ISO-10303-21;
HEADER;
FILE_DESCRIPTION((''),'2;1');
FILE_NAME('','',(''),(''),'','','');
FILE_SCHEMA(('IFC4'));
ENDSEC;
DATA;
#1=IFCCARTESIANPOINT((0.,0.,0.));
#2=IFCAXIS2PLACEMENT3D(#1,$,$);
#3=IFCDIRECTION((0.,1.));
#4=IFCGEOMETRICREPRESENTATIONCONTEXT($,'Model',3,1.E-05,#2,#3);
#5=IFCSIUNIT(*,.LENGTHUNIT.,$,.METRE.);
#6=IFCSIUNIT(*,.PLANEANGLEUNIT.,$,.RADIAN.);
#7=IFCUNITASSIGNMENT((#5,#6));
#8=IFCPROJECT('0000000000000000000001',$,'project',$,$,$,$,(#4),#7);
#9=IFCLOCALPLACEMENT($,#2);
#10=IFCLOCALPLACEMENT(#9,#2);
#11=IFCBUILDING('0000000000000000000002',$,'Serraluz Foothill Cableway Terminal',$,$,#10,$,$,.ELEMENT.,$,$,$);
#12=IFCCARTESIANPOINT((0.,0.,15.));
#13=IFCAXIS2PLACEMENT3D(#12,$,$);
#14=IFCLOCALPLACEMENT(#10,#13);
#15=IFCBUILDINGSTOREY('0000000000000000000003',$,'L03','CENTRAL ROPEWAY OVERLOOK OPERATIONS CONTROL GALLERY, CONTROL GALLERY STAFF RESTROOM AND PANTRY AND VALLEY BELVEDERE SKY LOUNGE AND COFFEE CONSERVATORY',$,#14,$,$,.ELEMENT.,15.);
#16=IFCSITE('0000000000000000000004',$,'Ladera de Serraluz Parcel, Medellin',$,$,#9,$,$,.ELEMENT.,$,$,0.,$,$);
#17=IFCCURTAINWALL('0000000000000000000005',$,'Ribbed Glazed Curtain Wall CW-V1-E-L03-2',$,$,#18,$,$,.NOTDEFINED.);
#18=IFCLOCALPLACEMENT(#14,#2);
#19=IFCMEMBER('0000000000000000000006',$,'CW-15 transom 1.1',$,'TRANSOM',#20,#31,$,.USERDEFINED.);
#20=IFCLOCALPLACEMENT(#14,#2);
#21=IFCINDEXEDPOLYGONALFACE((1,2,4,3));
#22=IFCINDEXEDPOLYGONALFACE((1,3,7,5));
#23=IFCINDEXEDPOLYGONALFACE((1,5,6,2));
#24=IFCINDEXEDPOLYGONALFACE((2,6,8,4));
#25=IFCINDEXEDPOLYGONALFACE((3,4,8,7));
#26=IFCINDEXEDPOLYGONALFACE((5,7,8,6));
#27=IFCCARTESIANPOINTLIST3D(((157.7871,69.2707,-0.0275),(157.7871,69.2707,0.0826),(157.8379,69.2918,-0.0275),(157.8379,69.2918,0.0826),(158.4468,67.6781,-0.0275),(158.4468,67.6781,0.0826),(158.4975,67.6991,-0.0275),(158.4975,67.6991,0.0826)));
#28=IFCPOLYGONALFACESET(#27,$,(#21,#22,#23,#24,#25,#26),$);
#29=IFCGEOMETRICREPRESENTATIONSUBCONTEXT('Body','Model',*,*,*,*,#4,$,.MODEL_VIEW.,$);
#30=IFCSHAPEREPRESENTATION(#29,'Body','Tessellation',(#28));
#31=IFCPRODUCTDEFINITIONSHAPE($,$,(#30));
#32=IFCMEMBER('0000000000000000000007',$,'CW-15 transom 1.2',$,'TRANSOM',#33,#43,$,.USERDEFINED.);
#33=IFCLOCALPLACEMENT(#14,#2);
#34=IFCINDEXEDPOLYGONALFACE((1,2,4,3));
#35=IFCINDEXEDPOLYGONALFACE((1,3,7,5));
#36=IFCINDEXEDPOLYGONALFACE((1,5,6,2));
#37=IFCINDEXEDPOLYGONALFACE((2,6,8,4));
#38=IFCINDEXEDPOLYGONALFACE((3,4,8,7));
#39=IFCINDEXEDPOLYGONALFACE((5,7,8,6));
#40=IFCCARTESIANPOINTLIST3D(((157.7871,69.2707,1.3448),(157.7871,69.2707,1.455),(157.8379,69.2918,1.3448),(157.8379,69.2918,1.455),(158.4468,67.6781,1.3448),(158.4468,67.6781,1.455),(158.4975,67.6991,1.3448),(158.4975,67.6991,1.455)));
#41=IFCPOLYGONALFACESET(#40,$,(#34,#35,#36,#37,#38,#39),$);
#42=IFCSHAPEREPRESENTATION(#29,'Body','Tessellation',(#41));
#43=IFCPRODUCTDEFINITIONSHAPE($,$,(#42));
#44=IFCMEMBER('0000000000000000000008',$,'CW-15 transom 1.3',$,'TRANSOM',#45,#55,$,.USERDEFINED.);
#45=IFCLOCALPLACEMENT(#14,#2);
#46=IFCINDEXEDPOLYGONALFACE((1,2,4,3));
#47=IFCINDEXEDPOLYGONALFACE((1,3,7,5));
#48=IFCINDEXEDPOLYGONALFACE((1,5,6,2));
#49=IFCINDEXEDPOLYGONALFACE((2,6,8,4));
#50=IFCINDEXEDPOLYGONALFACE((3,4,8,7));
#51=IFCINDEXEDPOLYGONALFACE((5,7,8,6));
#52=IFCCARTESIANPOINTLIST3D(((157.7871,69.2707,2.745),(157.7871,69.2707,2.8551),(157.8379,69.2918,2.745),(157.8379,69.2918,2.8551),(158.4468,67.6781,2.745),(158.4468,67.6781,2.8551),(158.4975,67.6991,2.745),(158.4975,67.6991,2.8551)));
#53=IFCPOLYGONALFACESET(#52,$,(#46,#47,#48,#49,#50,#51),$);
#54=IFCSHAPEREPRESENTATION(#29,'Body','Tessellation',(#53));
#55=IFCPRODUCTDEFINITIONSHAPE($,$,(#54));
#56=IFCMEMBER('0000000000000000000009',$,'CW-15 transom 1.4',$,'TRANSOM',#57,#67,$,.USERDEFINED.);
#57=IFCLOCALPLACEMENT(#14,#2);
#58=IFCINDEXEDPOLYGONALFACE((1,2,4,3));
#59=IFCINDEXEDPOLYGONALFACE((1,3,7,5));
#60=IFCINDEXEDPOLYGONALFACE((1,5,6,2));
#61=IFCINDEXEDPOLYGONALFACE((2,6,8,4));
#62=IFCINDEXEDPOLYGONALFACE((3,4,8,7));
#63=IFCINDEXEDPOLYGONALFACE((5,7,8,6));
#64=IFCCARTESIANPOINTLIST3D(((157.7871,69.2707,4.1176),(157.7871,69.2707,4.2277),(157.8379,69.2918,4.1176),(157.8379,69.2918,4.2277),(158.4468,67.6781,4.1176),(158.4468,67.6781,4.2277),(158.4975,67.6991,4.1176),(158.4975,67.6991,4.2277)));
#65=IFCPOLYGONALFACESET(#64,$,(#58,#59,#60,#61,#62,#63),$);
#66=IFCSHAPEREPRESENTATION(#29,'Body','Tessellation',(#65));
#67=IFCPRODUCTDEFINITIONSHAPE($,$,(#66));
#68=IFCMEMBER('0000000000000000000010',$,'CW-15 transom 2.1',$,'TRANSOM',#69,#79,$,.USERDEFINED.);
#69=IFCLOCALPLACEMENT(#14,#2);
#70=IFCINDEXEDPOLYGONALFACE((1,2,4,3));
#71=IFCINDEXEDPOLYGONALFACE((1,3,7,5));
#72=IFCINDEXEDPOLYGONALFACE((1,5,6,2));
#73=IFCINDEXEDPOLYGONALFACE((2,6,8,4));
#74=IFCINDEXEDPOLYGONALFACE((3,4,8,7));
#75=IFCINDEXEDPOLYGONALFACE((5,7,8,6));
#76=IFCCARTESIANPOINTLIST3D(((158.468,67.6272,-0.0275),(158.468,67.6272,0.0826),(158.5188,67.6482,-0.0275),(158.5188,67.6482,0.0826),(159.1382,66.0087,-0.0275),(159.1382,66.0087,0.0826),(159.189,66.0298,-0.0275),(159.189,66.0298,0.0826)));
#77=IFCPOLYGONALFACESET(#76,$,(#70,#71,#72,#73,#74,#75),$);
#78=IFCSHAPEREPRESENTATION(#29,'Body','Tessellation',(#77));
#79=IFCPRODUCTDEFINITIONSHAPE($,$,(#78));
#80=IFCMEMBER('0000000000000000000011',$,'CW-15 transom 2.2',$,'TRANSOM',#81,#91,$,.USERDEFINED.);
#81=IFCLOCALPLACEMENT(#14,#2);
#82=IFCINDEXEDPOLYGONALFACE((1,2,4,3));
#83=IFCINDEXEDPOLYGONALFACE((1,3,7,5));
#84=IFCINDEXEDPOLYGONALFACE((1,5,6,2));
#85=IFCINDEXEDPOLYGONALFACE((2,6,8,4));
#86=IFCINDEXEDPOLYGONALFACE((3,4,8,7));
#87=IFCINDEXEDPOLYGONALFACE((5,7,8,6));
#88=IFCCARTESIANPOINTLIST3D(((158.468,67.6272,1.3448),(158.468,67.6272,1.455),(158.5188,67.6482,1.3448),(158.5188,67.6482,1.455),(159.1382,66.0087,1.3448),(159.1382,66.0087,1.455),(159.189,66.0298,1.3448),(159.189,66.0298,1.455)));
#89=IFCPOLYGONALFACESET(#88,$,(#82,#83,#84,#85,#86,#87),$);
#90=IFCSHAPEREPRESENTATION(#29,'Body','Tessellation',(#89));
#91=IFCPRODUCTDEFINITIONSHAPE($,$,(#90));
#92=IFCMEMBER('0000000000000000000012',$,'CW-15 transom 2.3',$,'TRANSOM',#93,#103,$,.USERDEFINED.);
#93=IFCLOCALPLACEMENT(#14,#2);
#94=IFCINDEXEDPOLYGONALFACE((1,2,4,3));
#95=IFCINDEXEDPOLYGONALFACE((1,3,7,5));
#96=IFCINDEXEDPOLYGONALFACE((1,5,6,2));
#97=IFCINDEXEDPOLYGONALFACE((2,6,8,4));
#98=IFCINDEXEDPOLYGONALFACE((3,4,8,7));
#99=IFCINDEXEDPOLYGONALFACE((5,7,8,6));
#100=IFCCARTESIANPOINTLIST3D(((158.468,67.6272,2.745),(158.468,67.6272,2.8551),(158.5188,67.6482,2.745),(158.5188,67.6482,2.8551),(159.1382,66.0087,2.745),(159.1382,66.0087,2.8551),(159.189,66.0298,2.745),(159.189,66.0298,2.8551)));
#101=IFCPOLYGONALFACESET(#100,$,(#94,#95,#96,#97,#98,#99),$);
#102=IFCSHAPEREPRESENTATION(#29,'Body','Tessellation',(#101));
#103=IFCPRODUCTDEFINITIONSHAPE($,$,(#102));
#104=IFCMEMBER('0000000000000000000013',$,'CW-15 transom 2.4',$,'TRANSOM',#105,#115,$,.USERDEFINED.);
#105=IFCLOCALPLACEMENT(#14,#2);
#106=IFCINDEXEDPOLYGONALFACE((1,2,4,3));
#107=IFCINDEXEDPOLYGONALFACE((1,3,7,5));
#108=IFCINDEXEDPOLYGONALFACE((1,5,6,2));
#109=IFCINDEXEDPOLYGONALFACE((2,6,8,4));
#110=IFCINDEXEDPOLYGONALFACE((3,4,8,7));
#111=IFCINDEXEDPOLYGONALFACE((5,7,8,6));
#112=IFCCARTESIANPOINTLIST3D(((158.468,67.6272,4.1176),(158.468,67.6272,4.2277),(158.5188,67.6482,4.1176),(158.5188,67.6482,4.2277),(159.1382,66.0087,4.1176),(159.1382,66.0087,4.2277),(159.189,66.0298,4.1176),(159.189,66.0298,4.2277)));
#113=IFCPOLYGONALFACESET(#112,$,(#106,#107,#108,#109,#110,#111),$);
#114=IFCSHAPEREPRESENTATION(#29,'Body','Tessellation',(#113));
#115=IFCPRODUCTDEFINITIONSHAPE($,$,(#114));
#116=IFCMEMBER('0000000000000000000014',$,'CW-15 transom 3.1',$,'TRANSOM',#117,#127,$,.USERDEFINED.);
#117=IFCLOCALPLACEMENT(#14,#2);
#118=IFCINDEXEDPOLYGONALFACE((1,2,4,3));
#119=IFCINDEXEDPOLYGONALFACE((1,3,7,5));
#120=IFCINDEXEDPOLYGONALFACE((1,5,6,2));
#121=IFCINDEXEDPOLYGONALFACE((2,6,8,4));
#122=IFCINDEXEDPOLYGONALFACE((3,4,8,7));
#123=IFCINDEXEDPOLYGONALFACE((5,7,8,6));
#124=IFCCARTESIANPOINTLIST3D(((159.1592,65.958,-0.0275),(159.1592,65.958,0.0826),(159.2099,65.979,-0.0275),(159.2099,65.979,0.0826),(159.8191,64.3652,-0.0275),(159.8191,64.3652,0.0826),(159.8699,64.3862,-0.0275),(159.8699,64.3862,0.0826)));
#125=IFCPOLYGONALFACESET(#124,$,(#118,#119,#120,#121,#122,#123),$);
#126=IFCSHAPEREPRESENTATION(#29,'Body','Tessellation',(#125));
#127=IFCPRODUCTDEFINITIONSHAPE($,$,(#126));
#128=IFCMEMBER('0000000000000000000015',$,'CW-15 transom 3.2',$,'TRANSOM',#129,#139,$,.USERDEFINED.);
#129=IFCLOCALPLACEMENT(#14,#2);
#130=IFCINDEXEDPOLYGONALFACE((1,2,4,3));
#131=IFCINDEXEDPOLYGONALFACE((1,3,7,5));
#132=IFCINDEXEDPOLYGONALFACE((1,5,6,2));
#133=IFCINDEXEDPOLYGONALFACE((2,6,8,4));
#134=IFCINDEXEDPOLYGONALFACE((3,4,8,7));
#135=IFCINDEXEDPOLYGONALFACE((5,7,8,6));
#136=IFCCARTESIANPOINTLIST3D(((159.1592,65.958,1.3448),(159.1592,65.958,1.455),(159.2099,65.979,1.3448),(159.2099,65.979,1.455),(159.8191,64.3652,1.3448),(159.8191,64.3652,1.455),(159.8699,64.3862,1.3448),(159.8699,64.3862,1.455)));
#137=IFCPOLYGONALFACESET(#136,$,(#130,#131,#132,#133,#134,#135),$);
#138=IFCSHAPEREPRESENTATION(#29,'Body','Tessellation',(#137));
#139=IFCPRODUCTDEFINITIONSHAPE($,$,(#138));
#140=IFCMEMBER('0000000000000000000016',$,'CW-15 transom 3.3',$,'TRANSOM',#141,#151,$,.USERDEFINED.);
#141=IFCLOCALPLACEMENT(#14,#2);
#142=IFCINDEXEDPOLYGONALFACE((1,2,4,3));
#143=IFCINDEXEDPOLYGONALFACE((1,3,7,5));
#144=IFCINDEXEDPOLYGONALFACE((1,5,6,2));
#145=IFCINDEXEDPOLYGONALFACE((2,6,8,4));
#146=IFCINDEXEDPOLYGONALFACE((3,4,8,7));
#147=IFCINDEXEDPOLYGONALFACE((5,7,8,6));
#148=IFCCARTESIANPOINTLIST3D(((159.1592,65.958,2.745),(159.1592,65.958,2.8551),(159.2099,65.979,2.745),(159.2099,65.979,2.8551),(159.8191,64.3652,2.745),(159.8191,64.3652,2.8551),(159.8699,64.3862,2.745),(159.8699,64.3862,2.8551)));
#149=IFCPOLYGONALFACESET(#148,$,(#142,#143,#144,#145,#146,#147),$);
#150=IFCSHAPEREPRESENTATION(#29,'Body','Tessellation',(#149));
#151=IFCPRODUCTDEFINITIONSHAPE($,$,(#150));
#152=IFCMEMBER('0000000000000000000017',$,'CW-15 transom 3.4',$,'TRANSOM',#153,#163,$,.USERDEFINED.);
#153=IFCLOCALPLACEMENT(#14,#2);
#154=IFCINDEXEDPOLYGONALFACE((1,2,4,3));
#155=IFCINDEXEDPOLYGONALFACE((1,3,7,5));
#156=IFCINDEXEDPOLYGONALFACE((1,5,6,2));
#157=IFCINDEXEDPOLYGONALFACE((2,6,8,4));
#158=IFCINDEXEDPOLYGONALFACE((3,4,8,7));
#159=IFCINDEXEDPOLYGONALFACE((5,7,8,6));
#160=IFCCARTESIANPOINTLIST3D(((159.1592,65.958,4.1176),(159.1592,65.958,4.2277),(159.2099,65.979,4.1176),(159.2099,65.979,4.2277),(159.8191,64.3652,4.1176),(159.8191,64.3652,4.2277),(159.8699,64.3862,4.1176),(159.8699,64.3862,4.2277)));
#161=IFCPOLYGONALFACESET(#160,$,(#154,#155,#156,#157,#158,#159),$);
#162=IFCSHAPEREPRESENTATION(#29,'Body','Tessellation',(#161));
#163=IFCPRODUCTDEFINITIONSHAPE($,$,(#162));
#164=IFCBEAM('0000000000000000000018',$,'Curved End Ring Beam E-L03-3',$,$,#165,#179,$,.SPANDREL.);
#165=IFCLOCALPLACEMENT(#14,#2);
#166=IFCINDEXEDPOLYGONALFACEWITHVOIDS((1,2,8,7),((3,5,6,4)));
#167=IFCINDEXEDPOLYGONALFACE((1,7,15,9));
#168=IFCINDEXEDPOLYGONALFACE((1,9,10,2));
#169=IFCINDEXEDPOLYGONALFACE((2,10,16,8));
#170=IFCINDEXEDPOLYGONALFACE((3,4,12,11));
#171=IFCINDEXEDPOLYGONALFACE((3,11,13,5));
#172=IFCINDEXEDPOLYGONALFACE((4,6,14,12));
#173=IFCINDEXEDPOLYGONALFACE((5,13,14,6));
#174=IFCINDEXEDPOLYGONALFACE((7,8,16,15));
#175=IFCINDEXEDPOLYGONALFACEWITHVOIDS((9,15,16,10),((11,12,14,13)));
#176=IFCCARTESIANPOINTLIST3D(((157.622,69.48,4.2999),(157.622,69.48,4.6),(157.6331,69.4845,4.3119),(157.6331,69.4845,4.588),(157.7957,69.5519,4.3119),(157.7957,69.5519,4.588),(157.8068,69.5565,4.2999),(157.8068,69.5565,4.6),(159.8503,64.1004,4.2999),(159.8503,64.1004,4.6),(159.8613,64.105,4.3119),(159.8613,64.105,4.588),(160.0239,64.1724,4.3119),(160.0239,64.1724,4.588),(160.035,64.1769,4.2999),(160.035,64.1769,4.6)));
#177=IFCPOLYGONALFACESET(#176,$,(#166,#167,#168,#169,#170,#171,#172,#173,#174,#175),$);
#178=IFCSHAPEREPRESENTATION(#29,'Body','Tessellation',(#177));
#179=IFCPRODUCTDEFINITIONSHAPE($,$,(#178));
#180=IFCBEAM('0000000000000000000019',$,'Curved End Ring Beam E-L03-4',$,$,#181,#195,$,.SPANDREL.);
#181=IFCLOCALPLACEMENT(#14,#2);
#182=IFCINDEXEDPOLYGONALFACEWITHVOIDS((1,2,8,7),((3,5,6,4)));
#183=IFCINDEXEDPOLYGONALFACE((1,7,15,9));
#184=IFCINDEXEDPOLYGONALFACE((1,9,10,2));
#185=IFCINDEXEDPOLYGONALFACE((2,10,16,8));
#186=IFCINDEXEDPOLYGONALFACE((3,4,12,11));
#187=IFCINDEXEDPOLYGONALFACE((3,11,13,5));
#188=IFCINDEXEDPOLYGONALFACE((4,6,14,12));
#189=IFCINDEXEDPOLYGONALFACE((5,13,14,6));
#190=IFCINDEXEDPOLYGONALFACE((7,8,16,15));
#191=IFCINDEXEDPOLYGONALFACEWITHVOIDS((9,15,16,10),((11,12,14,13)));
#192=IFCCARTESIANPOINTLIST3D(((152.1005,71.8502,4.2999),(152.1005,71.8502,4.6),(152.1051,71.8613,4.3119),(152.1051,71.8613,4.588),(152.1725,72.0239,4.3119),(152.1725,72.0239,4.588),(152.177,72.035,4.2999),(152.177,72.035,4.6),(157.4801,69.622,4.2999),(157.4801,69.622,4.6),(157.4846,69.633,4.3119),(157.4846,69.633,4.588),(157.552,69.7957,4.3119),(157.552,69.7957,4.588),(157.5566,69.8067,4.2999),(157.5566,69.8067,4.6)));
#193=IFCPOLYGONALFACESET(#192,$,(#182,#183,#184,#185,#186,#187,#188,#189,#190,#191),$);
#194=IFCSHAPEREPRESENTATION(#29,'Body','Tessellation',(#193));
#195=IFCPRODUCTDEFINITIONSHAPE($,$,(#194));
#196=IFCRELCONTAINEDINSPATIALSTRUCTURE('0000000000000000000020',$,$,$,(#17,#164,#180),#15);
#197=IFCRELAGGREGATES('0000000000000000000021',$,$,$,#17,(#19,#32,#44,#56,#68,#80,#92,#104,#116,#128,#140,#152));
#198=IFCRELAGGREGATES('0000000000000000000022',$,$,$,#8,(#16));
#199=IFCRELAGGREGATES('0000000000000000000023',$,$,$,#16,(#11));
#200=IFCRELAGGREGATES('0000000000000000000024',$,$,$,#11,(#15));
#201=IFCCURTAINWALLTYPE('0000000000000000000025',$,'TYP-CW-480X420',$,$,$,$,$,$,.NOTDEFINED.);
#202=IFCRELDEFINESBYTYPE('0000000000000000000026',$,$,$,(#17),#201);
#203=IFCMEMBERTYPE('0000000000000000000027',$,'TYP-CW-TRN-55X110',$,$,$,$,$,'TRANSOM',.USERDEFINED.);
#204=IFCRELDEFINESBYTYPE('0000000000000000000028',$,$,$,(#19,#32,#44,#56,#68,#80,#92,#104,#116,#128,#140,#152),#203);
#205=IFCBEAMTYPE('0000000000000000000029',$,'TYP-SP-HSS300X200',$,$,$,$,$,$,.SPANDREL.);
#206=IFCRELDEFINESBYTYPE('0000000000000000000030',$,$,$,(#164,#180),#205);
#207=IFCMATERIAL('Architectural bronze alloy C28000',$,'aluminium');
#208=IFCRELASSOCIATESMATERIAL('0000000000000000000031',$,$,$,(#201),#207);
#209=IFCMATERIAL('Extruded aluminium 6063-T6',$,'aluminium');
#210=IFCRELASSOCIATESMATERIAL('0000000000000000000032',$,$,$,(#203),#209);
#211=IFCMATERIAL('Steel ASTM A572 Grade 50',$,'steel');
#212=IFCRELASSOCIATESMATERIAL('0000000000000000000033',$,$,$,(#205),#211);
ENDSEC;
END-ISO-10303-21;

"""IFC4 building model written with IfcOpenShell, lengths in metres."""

from ifc_helpers import new_model, si_unit, direction, frame, origin, origin_2d, place, context, subcontext, project, spatial, rectangle, hollow_rectangle, extrude, material, material_profile, profile_set, type_object, element, aggregate, save


model = new_model("IFC4")

# Units and contexts
model_context = context("Model", 3, precision=1e-05, world=origin(), true_north=direction((0.0, 1.0)))
body_context = subcontext(model_context, "Body", "Model", "MODEL_VIEW")
ifc_project = project(units=[si_unit("LENGTHUNIT", "METRE"), si_unit("PLANEANGLEUNIT", "RADIAN")], contexts=[model_context])

# Site, building, storey
site_placement = place(None, origin())
site = spatial("IfcSite", under=ifc_project, at=site_placement, Name="Ladera de Serraluz Parcel, Medellin", CompositionType="ELEMENT", RefElevation=0.0)
building_placement = place(site_placement, origin())
building = spatial("IfcBuilding", under=site, at=building_placement, Name="Serraluz Foothill Cableway Terminal", CompositionType="ELEMENT")
storey_placement = place(building_placement, frame((0.0, 0.0, 15.0)))
storey = spatial("IfcBuildingStorey", under=building, at=storey_placement, Name="L03", Description="CENTRAL ROPEWAY OVERLOOK OPERATIONS CONTROL GALLERY, CONTROL GALLERY STAFF RESTROOM AND PANTRY AND VALLEY BELVEDERE SKY LOUNGE AND COFFEE CONSERVATORY", CompositionType="ELEMENT", Elevation=15.0)

# Shared definitions
ifc_material_1 = material(Name="Steel ASTM A572 Grade 50", Category="steel")

# Curtain wall
ifc_material_2 = material(Name="Architectural bronze alloy C28000", Category="aluminium")
ifc_material_3 = material(Name="Extruded aluminium 6063-T6", Category="aluminium")
curtain_wall_type_1 = type_object("IfcCurtainWallType", Name="TYP-CW-480X420", PredefinedType="NOTDEFINED", material=ifc_material_2)
curtain_wall_1_placement = place(storey_placement, origin())
curtain_wall_1 = element("IfcCurtainWall", 1, at=curtain_wall_1_placement, inside=storey, type_object=curtain_wall_type_1, Name="Ribbed Glazed Curtain Wall CW-V1-E-L03-2", PredefinedType="NOTDEFINED")

# Members
ifc_material_profile_1 = material_profile(ifc_material_3, rectangle(XDim=0.0549, YDim=0.1101, at=origin_2d()), Name="ALU TRANSOM 55x110")
ifc_profile_set_1 = profile_set([ifc_material_profile_1], Name="Extruded aluminium 6063-T6")
member_type_1 = type_object("IfcMemberType", Name="TYP-CW-TRN-55X110", ElementType="TRANSOM", PredefinedType="USERDEFINED", material=ifc_profile_set_1)
member_1_placement = place(storey_placement, frame((157.8125, 69.2812, 0.0276), z_axis=(0.382644, -0.923896, 0.0), x_axis=(0.923896, 0.382644, 0.0)))
member_1 = element("IfcMember", 2, at=member_1_placement, type_object=member_type_1, Name="CW-15 transom 1.1", ObjectType="TRANSOM", PredefinedType="USERDEFINED", context=body_context, shape_type="SweptSolid", body=[
    extrude(rectangle(XDim=0.0549, YDim=0.1101, at=origin_2d()), origin(), (0.0, 0.0, 1.0), 1.7239),
])
member_2_placement = place(storey_placement, frame((157.8125, 69.2812, 1.3999), z_axis=(0.382644, -0.923896, 0.0), x_axis=(0.923896, 0.382644, 0.0)))
member_2 = element("IfcMember", 3, at=member_2_placement, type_object=member_type_1, Name="CW-15 transom 1.2", ObjectType="TRANSOM", PredefinedType="USERDEFINED", context=body_context, shape_type="SweptSolid", body=[
    extrude(rectangle(XDim=0.0549, YDim=0.1101, at=origin_2d()), origin(), (0.0, 0.0, 1.0), 1.7239),
])
member_3_placement = place(storey_placement, frame((157.8125, 69.2812, 2.8), z_axis=(0.382644, -0.923896, 0.0), x_axis=(0.923896, 0.382644, 0.0)))
member_3 = element("IfcMember", 4, at=member_3_placement, type_object=member_type_1, Name="CW-15 transom 1.3", ObjectType="TRANSOM", PredefinedType="USERDEFINED", context=body_context, shape_type="SweptSolid", body=[
    extrude(rectangle(XDim=0.0549, YDim=0.1101, at=origin_2d()), origin(), (0.0, 0.0, 1.0), 1.7239),
])
member_4_placement = place(storey_placement, frame((157.8125, 69.2812, 4.1726), z_axis=(0.382644, -0.923896, 0.0), x_axis=(0.923896, 0.382644, 0.0)))
member_4 = element("IfcMember", 5, at=member_4_placement, type_object=member_type_1, Name="CW-15 transom 1.4", ObjectType="TRANSOM", PredefinedType="USERDEFINED", context=body_context, shape_type="SweptSolid", body=[
    extrude(rectangle(XDim=0.0549, YDim=0.1101, at=origin_2d()), origin(), (0.0, 0.0, 1.0), 1.7239),
])
member_5_placement = place(storey_placement, frame((158.4934, 67.6377, 0.0276), z_axis=(0.382586, -0.92392, 0.0), x_axis=(0.92392, 0.382586, 0.0)))
member_5 = element("IfcMember", 6, at=member_5_placement, type_object=member_type_1, Name="CW-15 transom 2.1", ObjectType="TRANSOM", PredefinedType="USERDEFINED", context=body_context, shape_type="SweptSolid", body=[
    extrude(rectangle(XDim=0.0549, YDim=0.1101, at=origin_2d()), origin(), (0.0, 0.0, 1.0), 1.7517),
])
member_6_placement = place(storey_placement, frame((158.4934, 67.6377, 1.3999), z_axis=(0.382586, -0.92392, 0.0), x_axis=(0.92392, 0.382586, 0.0)))
member_6 = element("IfcMember", 7, at=member_6_placement, type_object=member_type_1, Name="CW-15 transom 2.2", ObjectType="TRANSOM", PredefinedType="USERDEFINED", context=body_context, shape_type="SweptSolid", body=[
    extrude(rectangle(XDim=0.0549, YDim=0.1101, at=origin_2d()), origin(), (0.0, 0.0, 1.0), 1.7517),
])
member_7_placement = place(storey_placement, frame((158.4934, 67.6377, 2.8), z_axis=(0.382586, -0.92392, 0.0), x_axis=(0.92392, 0.382586, 0.0)))
member_7 = element("IfcMember", 8, at=member_7_placement, type_object=member_type_1, Name="CW-15 transom 2.3", ObjectType="TRANSOM", PredefinedType="USERDEFINED", context=body_context, shape_type="SweptSolid", body=[
    extrude(rectangle(XDim=0.0549, YDim=0.1101, at=origin_2d()), origin(), (0.0, 0.0, 1.0), 1.7517),
])
member_8_placement = place(storey_placement, frame((158.4934, 67.6377, 4.1726), z_axis=(0.382586, -0.92392, 0.0), x_axis=(0.92392, 0.382586, 0.0)))
member_8 = element("IfcMember", 9, at=member_8_placement, type_object=member_type_1, Name="CW-15 transom 2.4", ObjectType="TRANSOM", PredefinedType="USERDEFINED", context=body_context, shape_type="SweptSolid", body=[
    extrude(rectangle(XDim=0.0549, YDim=0.1101, at=origin_2d()), origin(), (0.0, 0.0, 1.0), 1.7517),
])
member_9_placement = place(storey_placement, frame((159.1846, 65.9685, 0.0276), z_axis=(0.382765, -0.923846, 0.0), x_axis=(0.923846, 0.382765, 0.0)))
member_9 = element("IfcMember", 10, at=member_9_placement, type_object=member_type_1, Name="CW-15 transom 3.1", ObjectType="TRANSOM", PredefinedType="USERDEFINED", context=body_context, shape_type="SweptSolid", body=[
    extrude(rectangle(XDim=0.0549, YDim=0.1101, at=origin_2d()), origin(), (0.0, 0.0, 1.0), 1.7241),
])
member_10_placement = place(storey_placement, frame((159.1846, 65.9685, 1.3999), z_axis=(0.382765, -0.923846, 0.0), x_axis=(0.923846, 0.382765, 0.0)))
member_10 = element("IfcMember", 11, at=member_10_placement, type_object=member_type_1, Name="CW-15 transom 3.2", ObjectType="TRANSOM", PredefinedType="USERDEFINED", context=body_context, shape_type="SweptSolid", body=[
    extrude(rectangle(XDim=0.0549, YDim=0.1101, at=origin_2d()), origin(), (0.0, 0.0, 1.0), 1.7241),
])
member_11_placement = place(storey_placement, frame((159.1846, 65.9685, 2.8), z_axis=(0.382765, -0.923846, 0.0), x_axis=(0.923846, 0.382765, 0.0)))
member_11 = element("IfcMember", 12, at=member_11_placement, type_object=member_type_1, Name="CW-15 transom 3.3", ObjectType="TRANSOM", PredefinedType="USERDEFINED", context=body_context, shape_type="SweptSolid", body=[
    extrude(rectangle(XDim=0.0549, YDim=0.1101, at=origin_2d()), origin(), (0.0, 0.0, 1.0), 1.7241),
])
member_12_placement = place(storey_placement, frame((159.1846, 65.9685, 4.1726), z_axis=(0.382765, -0.923846, 0.0), x_axis=(0.923846, 0.382765, 0.0)))
member_12 = element("IfcMember", 13, at=member_12_placement, type_object=member_type_1, Name="CW-15 transom 3.4", ObjectType="TRANSOM", PredefinedType="USERDEFINED", context=body_context, shape_type="SweptSolid", body=[
    extrude(rectangle(XDim=0.0549, YDim=0.1101, at=origin_2d()), origin(), (0.0, 0.0, 1.0), 1.7241),
])

# Beams
ifc_material_profile_2 = material_profile(ifc_material_1, hollow_rectangle(XDim=0.2, YDim=0.3, WallThickness=0.012, at=origin_2d()), Name="HSS300X200X12")
ifc_profile_set_2 = profile_set([ifc_material_profile_2], Name="Steel ASTM A572 Grade 50")
beam_type = type_object("IfcBeamType", Name="TYP-SP-HSS300X200", PredefinedType="SPANDREL", material=ifc_profile_set_2)
for number, where, z_axis, x_axis, name in (
    (14, (159.9426, 64.1387, 4.45), (-0.382676, 0.923882, 0.0), (-0.923882, -0.382676, 0.0), "Curved End Ring Beam E-L03-3"),
    (15, (157.5183, 69.7144, 4.45), (-0.923882, 0.382676, 0.0), (-0.382676, -0.923882, 0.0), "Curved End Ring Beam E-L03-4"),
):
    element("IfcBeam", number, at=place(storey_placement, frame(where, z_axis=z_axis, x_axis=x_axis)), inside=storey, type_object=beam_type, Name=name, PredefinedType="SPANDREL", context=body_context, shape_type="SweptSolid", body=[
        extrude(hollow_rectangle(XDim=0.2, YDim=0.3, WallThickness=0.012, at=origin_2d()), origin(), (0.0, 0.0, 1.0), 5.8228),
    ])

aggregate(curtain_wall_1, [member_1, member_2, member_3, member_4, member_5, member_6, member_7, member_8, member_9, member_10, member_11, member_12])

save(model, "model.ifc")
